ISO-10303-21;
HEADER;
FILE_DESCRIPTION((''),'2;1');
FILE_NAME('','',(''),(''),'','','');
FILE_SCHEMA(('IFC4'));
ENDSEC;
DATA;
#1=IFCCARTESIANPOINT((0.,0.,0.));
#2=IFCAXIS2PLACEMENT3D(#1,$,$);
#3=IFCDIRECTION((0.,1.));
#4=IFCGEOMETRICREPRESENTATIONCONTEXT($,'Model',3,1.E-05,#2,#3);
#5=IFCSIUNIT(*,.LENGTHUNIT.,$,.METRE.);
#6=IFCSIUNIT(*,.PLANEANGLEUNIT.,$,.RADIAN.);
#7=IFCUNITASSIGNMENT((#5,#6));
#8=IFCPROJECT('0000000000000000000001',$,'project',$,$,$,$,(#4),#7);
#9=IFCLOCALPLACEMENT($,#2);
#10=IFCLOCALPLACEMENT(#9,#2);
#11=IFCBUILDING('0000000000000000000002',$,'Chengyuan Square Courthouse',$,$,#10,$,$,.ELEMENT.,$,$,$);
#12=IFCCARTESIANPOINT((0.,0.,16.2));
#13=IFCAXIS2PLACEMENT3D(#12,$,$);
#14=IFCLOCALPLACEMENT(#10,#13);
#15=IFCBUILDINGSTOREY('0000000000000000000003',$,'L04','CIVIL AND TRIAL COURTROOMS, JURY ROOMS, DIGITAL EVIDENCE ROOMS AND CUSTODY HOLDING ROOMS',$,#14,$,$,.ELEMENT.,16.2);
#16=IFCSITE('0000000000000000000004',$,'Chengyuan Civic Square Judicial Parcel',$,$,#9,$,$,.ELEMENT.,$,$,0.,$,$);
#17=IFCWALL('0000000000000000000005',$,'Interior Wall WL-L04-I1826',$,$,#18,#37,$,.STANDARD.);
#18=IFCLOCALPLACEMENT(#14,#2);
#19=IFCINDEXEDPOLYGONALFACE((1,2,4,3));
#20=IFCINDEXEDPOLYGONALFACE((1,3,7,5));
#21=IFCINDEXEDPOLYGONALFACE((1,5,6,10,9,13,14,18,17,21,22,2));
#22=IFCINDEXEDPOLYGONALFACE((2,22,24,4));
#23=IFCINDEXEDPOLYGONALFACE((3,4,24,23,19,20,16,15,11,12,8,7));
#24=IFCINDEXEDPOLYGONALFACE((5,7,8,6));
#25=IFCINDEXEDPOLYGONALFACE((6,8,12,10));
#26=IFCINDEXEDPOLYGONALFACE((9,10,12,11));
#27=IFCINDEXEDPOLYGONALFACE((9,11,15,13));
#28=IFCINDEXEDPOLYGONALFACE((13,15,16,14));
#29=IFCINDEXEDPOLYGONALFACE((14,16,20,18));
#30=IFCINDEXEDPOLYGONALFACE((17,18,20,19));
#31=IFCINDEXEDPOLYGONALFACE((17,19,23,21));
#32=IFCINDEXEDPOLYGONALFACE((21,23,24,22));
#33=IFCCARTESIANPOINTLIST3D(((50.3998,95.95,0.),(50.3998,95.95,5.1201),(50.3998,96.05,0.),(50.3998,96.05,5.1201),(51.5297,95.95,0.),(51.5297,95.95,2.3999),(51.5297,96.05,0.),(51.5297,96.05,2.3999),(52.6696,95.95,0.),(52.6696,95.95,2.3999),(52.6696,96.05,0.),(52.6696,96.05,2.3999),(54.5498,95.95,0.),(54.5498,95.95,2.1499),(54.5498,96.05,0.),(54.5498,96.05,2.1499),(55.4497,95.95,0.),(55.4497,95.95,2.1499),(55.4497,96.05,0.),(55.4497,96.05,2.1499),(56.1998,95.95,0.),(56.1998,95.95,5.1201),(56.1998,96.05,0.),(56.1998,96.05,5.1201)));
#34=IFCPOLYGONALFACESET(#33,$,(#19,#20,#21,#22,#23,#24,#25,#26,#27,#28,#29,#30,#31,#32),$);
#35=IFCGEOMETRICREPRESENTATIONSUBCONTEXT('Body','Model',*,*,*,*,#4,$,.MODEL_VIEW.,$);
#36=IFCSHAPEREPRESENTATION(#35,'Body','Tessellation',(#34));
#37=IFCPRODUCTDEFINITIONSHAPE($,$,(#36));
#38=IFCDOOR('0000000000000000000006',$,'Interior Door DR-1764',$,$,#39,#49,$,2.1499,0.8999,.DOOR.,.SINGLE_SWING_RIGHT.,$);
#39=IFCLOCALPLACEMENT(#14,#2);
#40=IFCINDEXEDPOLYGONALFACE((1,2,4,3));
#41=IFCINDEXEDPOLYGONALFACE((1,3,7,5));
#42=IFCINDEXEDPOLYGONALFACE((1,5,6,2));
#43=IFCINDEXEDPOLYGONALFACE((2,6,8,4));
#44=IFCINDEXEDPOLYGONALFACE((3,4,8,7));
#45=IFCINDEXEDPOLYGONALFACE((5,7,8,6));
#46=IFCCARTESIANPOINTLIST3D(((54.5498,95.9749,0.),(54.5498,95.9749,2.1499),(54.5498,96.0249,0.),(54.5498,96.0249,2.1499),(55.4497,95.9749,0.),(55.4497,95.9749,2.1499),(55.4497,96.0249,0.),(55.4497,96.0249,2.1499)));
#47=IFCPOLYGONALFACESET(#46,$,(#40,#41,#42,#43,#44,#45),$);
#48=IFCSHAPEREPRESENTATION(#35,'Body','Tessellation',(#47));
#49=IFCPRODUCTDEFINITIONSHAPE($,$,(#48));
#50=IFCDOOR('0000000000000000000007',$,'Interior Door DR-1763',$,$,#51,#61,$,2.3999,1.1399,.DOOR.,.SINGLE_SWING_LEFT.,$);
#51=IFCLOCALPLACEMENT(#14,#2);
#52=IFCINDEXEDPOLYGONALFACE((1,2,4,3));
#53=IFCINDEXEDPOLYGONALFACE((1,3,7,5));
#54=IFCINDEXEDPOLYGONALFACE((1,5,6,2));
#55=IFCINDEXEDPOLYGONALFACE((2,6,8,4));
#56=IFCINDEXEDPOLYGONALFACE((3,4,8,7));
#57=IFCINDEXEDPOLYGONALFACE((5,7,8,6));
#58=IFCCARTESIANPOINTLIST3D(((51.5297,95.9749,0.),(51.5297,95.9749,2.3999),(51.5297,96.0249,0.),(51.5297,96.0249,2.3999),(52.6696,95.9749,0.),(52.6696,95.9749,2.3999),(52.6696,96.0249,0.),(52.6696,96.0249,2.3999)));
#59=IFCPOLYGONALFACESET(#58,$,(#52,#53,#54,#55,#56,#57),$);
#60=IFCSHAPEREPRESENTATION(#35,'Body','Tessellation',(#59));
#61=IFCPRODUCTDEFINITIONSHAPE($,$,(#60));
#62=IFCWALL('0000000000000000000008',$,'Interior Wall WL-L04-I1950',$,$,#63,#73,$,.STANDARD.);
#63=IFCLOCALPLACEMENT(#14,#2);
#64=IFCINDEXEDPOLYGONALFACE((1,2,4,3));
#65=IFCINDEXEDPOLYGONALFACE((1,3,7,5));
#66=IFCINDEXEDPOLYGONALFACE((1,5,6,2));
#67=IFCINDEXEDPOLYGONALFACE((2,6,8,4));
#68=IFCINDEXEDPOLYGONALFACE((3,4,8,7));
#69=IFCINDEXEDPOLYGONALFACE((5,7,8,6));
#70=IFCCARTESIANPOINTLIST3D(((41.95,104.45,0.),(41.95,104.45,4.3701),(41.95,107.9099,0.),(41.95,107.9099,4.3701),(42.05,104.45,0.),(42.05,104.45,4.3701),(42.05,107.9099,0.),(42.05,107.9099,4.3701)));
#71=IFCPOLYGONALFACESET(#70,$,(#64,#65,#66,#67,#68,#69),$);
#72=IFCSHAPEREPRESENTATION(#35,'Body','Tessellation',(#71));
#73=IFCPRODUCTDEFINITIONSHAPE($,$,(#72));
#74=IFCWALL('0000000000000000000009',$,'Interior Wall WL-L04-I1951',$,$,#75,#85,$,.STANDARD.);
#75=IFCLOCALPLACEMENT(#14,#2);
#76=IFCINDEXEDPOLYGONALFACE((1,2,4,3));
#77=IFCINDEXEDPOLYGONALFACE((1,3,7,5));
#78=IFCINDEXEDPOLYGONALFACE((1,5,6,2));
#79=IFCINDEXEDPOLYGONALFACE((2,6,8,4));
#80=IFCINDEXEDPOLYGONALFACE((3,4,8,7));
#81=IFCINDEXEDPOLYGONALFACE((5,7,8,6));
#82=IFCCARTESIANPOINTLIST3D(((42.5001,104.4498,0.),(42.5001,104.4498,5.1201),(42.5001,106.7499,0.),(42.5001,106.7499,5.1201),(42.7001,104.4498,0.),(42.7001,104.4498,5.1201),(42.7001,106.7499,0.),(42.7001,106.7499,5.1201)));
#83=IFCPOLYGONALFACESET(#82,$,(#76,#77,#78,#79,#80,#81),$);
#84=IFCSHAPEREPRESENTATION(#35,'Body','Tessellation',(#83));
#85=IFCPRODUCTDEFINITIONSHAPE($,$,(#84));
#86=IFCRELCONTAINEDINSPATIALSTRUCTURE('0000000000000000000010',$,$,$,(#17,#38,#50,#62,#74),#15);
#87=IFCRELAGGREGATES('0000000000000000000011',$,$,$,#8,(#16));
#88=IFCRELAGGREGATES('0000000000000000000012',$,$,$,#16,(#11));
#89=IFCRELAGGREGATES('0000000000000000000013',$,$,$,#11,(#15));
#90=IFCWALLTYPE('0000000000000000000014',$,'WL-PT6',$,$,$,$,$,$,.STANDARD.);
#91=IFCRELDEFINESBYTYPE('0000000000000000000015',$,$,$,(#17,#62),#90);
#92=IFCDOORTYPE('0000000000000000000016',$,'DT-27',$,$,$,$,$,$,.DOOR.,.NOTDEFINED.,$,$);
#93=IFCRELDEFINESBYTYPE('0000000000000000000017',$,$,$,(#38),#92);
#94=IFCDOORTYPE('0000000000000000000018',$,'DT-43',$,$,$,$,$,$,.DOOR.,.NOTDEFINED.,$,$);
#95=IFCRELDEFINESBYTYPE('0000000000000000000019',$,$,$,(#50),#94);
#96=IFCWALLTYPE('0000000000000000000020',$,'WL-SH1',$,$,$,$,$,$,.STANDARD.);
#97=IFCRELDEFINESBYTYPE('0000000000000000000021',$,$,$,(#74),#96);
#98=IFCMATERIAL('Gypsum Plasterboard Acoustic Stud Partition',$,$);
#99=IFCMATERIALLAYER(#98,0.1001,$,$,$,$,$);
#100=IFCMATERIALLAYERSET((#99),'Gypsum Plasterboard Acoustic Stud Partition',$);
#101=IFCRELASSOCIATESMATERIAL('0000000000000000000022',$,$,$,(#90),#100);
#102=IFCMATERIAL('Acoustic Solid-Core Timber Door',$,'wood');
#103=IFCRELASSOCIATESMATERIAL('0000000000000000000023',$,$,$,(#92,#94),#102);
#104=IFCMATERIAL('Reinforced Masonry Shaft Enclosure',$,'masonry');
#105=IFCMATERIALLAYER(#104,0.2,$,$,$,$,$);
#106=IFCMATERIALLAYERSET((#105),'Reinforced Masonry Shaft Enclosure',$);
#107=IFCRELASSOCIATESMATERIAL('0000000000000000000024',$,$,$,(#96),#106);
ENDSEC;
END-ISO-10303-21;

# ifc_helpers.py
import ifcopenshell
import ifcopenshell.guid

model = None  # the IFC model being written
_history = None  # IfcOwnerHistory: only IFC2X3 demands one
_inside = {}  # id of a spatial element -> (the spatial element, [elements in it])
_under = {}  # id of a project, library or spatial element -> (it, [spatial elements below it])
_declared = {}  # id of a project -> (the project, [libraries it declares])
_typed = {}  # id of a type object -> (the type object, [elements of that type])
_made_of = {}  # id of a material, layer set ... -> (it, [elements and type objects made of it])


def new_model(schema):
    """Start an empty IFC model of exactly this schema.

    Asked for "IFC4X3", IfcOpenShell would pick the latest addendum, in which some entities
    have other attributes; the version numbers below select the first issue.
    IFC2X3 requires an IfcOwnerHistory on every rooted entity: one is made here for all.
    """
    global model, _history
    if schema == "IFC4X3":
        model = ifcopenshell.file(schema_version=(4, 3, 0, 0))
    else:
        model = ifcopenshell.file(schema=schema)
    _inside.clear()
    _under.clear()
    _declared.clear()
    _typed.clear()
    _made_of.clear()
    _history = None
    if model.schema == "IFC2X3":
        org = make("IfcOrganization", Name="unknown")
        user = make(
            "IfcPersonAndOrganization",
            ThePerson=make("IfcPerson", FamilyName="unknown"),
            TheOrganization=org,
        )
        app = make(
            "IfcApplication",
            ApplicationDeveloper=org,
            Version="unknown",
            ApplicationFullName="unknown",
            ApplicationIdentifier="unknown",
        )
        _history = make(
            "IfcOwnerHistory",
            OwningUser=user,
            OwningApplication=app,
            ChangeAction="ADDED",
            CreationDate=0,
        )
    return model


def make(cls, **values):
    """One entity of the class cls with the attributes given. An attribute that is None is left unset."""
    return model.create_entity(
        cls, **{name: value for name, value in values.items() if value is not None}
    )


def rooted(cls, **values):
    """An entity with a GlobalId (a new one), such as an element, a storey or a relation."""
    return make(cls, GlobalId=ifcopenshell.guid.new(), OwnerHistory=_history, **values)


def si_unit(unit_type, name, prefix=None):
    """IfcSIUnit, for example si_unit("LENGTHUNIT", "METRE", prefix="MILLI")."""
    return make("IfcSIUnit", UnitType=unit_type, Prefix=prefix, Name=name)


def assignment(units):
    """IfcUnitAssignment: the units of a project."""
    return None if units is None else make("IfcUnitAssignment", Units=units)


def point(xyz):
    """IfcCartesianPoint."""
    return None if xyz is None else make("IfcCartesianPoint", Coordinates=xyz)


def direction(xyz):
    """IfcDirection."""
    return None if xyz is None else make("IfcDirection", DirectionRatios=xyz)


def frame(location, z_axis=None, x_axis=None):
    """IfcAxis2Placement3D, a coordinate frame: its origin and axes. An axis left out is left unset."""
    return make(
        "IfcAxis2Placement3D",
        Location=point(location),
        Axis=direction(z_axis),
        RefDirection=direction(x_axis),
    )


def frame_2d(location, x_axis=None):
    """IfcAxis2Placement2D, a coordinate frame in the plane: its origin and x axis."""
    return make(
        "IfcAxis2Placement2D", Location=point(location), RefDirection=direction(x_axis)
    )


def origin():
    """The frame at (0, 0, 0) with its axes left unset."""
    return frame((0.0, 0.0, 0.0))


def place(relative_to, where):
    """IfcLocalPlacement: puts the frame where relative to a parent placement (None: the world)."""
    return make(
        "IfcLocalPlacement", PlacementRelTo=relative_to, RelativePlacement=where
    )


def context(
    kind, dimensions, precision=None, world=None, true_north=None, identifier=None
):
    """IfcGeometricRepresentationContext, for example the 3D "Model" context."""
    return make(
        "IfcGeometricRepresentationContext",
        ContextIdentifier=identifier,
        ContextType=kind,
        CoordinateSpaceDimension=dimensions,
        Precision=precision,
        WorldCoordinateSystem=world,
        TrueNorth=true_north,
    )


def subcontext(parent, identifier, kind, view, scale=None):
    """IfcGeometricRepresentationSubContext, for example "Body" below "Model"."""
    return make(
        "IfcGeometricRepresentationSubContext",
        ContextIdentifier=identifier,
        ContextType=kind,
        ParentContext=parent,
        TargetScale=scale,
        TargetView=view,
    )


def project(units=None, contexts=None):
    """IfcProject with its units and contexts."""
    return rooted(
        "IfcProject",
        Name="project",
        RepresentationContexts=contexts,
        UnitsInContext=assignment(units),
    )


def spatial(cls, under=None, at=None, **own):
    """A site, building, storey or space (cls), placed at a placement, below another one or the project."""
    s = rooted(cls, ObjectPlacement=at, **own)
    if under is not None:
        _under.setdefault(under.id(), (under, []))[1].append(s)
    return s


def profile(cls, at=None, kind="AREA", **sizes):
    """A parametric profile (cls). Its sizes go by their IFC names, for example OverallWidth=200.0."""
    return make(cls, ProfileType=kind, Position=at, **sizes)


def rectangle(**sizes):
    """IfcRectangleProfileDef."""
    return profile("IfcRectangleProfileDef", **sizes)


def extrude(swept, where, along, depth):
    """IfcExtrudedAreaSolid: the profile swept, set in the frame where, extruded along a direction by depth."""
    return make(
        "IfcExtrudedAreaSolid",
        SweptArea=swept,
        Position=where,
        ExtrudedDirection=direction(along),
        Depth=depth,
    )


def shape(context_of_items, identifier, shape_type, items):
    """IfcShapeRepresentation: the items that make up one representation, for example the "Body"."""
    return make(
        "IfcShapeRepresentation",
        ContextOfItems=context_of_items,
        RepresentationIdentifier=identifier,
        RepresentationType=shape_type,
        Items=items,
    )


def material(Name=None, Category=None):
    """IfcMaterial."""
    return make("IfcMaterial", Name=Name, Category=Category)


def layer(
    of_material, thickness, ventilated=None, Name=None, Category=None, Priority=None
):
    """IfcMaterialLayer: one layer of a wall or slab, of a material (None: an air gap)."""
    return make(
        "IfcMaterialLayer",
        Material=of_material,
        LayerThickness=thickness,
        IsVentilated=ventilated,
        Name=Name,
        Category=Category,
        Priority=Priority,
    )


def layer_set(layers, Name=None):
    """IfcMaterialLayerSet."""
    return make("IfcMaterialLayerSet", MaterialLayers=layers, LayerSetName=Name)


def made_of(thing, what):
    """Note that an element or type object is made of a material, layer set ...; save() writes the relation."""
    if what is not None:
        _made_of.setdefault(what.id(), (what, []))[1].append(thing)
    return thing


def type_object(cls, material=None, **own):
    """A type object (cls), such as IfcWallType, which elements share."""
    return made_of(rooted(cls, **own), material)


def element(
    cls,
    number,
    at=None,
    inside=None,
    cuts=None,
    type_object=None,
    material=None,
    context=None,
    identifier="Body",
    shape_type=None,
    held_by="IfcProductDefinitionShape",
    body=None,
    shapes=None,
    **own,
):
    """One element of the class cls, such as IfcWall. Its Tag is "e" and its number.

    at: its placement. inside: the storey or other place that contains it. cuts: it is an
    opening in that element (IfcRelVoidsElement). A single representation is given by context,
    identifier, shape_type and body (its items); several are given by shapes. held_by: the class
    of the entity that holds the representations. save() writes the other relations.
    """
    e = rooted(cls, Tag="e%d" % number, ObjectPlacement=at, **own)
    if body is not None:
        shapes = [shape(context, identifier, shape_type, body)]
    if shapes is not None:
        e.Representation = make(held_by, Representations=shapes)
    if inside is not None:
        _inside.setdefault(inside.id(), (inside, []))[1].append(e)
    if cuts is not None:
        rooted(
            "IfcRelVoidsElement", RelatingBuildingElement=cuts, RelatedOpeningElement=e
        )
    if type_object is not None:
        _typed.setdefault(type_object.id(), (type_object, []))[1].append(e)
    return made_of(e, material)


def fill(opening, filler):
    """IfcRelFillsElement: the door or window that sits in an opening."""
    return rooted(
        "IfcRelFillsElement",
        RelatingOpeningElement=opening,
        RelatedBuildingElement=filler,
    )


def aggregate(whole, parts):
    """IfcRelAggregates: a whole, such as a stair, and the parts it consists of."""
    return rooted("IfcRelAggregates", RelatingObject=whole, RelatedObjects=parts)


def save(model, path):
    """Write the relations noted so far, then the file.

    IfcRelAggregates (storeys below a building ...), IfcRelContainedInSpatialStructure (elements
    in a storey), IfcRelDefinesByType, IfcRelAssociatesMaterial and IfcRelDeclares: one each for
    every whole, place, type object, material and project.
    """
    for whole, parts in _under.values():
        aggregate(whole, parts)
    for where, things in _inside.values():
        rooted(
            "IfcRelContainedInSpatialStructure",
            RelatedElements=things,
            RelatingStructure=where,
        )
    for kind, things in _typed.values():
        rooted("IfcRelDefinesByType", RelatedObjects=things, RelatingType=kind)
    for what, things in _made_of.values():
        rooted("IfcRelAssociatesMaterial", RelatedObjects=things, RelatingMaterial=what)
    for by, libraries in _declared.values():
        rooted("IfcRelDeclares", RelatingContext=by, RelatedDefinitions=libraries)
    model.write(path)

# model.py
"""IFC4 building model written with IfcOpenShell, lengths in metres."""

from ifc_helpers import new_model, si_unit, direction, frame, frame_2d, origin, place, context, subcontext, project, spatial, rectangle, extrude, material, layer, layer_set, type_object, element, fill, save


model = new_model("IFC4")

# Units and contexts
model_context = context("Model", 3, precision=1e-05, world=origin(), true_north=direction((0.0, 1.0)))
body_context = subcontext(model_context, "Body", "Model", "MODEL_VIEW")
ifc_project = project(units=[si_unit("LENGTHUNIT", "METRE"), si_unit("PLANEANGLEUNIT", "RADIAN")], contexts=[model_context])

# Site, building, storey
site_placement = place(None, origin())
site = spatial("IfcSite", under=ifc_project, at=site_placement, Name="Chengyuan Civic Square Judicial Parcel", CompositionType="ELEMENT", RefElevation=0.0)
building_placement = place(site_placement, origin())
building = spatial("IfcBuilding", under=site, at=building_placement, Name="Chengyuan Square Courthouse", CompositionType="ELEMENT")
storey_placement = place(building_placement, frame((0.0, 0.0, 16.2)))
storey = spatial("IfcBuildingStorey", under=building, at=storey_placement, Name="L04", Description="CIVIL AND TRIAL COURTROOMS, JURY ROOMS, DIGITAL EVIDENCE ROOMS AND CUSTODY HOLDING ROOMS", CompositionType="ELEMENT", Elevation=16.2)

# Shared definitions
ifc_material_1 = material(Name="Acoustic Solid-Core Timber Door", Category="wood")

# Wall, openings, doors
ifc_material_2 = material(Name="Gypsum Plasterboard Acoustic Stud Partition")
ifc_layer_1 = layer(ifc_material_2, 0.1001)
ifc_layer_set_1 = layer_set([ifc_layer_1], Name="Gypsum Plasterboard Acoustic Stud Partition")
wall_type_1 = type_object("IfcWallType", Name="WL-PT6", PredefinedType="STANDARD", material=ifc_layer_set_1)
wall_1_placement = place(storey_placement, frame((50.3999, 96.0, 0.0), z_axis=(0.0, 0.0, 1.0), x_axis=(1.0, 0.0, 0.0)))
wall_1 = element("IfcWall", 1, at=wall_1_placement, inside=storey, type_object=wall_type_1, Name="Interior Wall WL-L04-I1826", PredefinedType="STANDARD", context=body_context, shape_type="SweptSolid", body=[
    extrude(rectangle(XDim=5.8, YDim=0.1001, at=frame_2d((2.8999, 0.0))), origin(), (0.0, 0.0, 1.0), 5.1201),
])
opening_1_placement = place(wall_1_placement, frame((1.1299, 0.0, 0.0)))
opening_1 = element("IfcOpeningElement", 2, at=opening_1_placement, cuts=wall_1, PredefinedType="OPENING", context=body_context, shape_type="SweptSolid", body=[
    extrude(rectangle(XDim=1.1399, YDim=2.3999, at=frame_2d((0.5698, 1.2))), frame((0.0, 0.062, 0.0), z_axis=(0.0, -1.0, 0.0), x_axis=(1.0, 0.0, 0.0)), (0.0, 0.0, 1.0), 0.124),
])
opening_2_placement = place(wall_1_placement, frame((4.1499, 0.0, 0.0)))
opening_2 = element("IfcOpeningElement", 3, at=opening_2_placement, cuts=wall_1, PredefinedType="OPENING", context=body_context, shape_type="SweptSolid", body=[
    extrude(rectangle(XDim=0.8999, YDim=2.1499, at=frame_2d((0.45, 1.075))), frame((0.0, 0.062, 0.0), z_axis=(0.0, -1.0, 0.0), x_axis=(1.0, 0.0, 0.0)), (0.0, 0.0, 1.0), 0.124),
])
door_type_1 = type_object("IfcDoorType", Name="DT-27", OperationType="NOTDEFINED", PredefinedType="DOOR", material=ifc_material_1)
door_1_placement = place(opening_2_placement, origin())
door_1 = element("IfcDoor", 4, at=door_1_placement, inside=storey, type_object=door_type_1, Name="Interior Door DR-1764", OperationType="SINGLE_SWING_RIGHT", OverallHeight=2.1499, OverallWidth=0.8999, PredefinedType="DOOR", context=body_context, shape_type="SweptSolid", body=[
    extrude(rectangle(XDim=0.8999, YDim=2.1499, at=frame_2d((0.45, 1.075))), frame((0.0, 0.0249, 0.0), z_axis=(0.0, -1.0, 0.0), x_axis=(1.0, 0.0, 0.0)), (0.0, 0.0, 1.0), 0.05),
])
fill(opening_2, door_1)
door_type_2 = type_object("IfcDoorType", Name="DT-43", OperationType="NOTDEFINED", PredefinedType="DOOR", material=ifc_material_1)
door_2_placement = place(opening_1_placement, origin())
door_2 = element("IfcDoor", 5, at=door_2_placement, inside=storey, type_object=door_type_2, Name="Interior Door DR-1763", OperationType="SINGLE_SWING_LEFT", OverallHeight=2.3999, OverallWidth=1.1399, PredefinedType="DOOR", context=body_context, shape_type="SweptSolid", body=[
    extrude(rectangle(XDim=1.1399, YDim=2.3999, at=frame_2d((0.5698, 1.2))), frame((0.0, 0.0249, 0.0), z_axis=(0.0, -1.0, 0.0), x_axis=(1.0, 0.0, 0.0)), (0.0, 0.0, 1.0), 0.05),
])
fill(opening_1, door_2)

# Wall
wall_2_placement = place(storey_placement, frame((42.0, 104.45, 0.0), z_axis=(0.0, 0.0, 1.0), x_axis=(0.0, 1.0, 0.0)))
element("IfcWall", 6, at=wall_2_placement, inside=storey, type_object=wall_type_1, Name="Interior Wall WL-L04-I1950", PredefinedType="STANDARD", context=body_context, shape_type="SweptSolid", body=[
    extrude(rectangle(XDim=3.46, YDim=0.1001, at=frame_2d((1.73, 0.0))), origin(), (0.0, 0.0, 1.0), 4.3701),
])

# Shared definitions
ifc_material_3 = material(Name="Reinforced Masonry Shaft Enclosure", Category="masonry")
ifc_layer_2 = layer(ifc_material_3, 0.2)
ifc_layer_set_2 = layer_set([ifc_layer_2], Name="Reinforced Masonry Shaft Enclosure")
wall_type_2 = type_object("IfcWallType", Name="WL-SH1", PredefinedType="STANDARD", material=ifc_layer_set_2)

# Wall
wall_3_placement = place(storey_placement, frame((42.6001, 104.45, 0.0), z_axis=(0.0, 0.0, 1.0), x_axis=(0.0, 1.0, 0.0)))
element("IfcWall", 7, at=wall_3_placement, inside=storey, type_object=wall_type_2, Name="Interior Wall WL-L04-I1951", PredefinedType="STANDARD", context=body_context, shape_type="SweptSolid", body=[
    extrude(rectangle(XDim=2.3, YDim=0.2, at=frame_2d((1.1499, 0.0))), origin(), (0.0, 0.0, 1.0), 5.1201),
])

save(model, "model.ifc")
